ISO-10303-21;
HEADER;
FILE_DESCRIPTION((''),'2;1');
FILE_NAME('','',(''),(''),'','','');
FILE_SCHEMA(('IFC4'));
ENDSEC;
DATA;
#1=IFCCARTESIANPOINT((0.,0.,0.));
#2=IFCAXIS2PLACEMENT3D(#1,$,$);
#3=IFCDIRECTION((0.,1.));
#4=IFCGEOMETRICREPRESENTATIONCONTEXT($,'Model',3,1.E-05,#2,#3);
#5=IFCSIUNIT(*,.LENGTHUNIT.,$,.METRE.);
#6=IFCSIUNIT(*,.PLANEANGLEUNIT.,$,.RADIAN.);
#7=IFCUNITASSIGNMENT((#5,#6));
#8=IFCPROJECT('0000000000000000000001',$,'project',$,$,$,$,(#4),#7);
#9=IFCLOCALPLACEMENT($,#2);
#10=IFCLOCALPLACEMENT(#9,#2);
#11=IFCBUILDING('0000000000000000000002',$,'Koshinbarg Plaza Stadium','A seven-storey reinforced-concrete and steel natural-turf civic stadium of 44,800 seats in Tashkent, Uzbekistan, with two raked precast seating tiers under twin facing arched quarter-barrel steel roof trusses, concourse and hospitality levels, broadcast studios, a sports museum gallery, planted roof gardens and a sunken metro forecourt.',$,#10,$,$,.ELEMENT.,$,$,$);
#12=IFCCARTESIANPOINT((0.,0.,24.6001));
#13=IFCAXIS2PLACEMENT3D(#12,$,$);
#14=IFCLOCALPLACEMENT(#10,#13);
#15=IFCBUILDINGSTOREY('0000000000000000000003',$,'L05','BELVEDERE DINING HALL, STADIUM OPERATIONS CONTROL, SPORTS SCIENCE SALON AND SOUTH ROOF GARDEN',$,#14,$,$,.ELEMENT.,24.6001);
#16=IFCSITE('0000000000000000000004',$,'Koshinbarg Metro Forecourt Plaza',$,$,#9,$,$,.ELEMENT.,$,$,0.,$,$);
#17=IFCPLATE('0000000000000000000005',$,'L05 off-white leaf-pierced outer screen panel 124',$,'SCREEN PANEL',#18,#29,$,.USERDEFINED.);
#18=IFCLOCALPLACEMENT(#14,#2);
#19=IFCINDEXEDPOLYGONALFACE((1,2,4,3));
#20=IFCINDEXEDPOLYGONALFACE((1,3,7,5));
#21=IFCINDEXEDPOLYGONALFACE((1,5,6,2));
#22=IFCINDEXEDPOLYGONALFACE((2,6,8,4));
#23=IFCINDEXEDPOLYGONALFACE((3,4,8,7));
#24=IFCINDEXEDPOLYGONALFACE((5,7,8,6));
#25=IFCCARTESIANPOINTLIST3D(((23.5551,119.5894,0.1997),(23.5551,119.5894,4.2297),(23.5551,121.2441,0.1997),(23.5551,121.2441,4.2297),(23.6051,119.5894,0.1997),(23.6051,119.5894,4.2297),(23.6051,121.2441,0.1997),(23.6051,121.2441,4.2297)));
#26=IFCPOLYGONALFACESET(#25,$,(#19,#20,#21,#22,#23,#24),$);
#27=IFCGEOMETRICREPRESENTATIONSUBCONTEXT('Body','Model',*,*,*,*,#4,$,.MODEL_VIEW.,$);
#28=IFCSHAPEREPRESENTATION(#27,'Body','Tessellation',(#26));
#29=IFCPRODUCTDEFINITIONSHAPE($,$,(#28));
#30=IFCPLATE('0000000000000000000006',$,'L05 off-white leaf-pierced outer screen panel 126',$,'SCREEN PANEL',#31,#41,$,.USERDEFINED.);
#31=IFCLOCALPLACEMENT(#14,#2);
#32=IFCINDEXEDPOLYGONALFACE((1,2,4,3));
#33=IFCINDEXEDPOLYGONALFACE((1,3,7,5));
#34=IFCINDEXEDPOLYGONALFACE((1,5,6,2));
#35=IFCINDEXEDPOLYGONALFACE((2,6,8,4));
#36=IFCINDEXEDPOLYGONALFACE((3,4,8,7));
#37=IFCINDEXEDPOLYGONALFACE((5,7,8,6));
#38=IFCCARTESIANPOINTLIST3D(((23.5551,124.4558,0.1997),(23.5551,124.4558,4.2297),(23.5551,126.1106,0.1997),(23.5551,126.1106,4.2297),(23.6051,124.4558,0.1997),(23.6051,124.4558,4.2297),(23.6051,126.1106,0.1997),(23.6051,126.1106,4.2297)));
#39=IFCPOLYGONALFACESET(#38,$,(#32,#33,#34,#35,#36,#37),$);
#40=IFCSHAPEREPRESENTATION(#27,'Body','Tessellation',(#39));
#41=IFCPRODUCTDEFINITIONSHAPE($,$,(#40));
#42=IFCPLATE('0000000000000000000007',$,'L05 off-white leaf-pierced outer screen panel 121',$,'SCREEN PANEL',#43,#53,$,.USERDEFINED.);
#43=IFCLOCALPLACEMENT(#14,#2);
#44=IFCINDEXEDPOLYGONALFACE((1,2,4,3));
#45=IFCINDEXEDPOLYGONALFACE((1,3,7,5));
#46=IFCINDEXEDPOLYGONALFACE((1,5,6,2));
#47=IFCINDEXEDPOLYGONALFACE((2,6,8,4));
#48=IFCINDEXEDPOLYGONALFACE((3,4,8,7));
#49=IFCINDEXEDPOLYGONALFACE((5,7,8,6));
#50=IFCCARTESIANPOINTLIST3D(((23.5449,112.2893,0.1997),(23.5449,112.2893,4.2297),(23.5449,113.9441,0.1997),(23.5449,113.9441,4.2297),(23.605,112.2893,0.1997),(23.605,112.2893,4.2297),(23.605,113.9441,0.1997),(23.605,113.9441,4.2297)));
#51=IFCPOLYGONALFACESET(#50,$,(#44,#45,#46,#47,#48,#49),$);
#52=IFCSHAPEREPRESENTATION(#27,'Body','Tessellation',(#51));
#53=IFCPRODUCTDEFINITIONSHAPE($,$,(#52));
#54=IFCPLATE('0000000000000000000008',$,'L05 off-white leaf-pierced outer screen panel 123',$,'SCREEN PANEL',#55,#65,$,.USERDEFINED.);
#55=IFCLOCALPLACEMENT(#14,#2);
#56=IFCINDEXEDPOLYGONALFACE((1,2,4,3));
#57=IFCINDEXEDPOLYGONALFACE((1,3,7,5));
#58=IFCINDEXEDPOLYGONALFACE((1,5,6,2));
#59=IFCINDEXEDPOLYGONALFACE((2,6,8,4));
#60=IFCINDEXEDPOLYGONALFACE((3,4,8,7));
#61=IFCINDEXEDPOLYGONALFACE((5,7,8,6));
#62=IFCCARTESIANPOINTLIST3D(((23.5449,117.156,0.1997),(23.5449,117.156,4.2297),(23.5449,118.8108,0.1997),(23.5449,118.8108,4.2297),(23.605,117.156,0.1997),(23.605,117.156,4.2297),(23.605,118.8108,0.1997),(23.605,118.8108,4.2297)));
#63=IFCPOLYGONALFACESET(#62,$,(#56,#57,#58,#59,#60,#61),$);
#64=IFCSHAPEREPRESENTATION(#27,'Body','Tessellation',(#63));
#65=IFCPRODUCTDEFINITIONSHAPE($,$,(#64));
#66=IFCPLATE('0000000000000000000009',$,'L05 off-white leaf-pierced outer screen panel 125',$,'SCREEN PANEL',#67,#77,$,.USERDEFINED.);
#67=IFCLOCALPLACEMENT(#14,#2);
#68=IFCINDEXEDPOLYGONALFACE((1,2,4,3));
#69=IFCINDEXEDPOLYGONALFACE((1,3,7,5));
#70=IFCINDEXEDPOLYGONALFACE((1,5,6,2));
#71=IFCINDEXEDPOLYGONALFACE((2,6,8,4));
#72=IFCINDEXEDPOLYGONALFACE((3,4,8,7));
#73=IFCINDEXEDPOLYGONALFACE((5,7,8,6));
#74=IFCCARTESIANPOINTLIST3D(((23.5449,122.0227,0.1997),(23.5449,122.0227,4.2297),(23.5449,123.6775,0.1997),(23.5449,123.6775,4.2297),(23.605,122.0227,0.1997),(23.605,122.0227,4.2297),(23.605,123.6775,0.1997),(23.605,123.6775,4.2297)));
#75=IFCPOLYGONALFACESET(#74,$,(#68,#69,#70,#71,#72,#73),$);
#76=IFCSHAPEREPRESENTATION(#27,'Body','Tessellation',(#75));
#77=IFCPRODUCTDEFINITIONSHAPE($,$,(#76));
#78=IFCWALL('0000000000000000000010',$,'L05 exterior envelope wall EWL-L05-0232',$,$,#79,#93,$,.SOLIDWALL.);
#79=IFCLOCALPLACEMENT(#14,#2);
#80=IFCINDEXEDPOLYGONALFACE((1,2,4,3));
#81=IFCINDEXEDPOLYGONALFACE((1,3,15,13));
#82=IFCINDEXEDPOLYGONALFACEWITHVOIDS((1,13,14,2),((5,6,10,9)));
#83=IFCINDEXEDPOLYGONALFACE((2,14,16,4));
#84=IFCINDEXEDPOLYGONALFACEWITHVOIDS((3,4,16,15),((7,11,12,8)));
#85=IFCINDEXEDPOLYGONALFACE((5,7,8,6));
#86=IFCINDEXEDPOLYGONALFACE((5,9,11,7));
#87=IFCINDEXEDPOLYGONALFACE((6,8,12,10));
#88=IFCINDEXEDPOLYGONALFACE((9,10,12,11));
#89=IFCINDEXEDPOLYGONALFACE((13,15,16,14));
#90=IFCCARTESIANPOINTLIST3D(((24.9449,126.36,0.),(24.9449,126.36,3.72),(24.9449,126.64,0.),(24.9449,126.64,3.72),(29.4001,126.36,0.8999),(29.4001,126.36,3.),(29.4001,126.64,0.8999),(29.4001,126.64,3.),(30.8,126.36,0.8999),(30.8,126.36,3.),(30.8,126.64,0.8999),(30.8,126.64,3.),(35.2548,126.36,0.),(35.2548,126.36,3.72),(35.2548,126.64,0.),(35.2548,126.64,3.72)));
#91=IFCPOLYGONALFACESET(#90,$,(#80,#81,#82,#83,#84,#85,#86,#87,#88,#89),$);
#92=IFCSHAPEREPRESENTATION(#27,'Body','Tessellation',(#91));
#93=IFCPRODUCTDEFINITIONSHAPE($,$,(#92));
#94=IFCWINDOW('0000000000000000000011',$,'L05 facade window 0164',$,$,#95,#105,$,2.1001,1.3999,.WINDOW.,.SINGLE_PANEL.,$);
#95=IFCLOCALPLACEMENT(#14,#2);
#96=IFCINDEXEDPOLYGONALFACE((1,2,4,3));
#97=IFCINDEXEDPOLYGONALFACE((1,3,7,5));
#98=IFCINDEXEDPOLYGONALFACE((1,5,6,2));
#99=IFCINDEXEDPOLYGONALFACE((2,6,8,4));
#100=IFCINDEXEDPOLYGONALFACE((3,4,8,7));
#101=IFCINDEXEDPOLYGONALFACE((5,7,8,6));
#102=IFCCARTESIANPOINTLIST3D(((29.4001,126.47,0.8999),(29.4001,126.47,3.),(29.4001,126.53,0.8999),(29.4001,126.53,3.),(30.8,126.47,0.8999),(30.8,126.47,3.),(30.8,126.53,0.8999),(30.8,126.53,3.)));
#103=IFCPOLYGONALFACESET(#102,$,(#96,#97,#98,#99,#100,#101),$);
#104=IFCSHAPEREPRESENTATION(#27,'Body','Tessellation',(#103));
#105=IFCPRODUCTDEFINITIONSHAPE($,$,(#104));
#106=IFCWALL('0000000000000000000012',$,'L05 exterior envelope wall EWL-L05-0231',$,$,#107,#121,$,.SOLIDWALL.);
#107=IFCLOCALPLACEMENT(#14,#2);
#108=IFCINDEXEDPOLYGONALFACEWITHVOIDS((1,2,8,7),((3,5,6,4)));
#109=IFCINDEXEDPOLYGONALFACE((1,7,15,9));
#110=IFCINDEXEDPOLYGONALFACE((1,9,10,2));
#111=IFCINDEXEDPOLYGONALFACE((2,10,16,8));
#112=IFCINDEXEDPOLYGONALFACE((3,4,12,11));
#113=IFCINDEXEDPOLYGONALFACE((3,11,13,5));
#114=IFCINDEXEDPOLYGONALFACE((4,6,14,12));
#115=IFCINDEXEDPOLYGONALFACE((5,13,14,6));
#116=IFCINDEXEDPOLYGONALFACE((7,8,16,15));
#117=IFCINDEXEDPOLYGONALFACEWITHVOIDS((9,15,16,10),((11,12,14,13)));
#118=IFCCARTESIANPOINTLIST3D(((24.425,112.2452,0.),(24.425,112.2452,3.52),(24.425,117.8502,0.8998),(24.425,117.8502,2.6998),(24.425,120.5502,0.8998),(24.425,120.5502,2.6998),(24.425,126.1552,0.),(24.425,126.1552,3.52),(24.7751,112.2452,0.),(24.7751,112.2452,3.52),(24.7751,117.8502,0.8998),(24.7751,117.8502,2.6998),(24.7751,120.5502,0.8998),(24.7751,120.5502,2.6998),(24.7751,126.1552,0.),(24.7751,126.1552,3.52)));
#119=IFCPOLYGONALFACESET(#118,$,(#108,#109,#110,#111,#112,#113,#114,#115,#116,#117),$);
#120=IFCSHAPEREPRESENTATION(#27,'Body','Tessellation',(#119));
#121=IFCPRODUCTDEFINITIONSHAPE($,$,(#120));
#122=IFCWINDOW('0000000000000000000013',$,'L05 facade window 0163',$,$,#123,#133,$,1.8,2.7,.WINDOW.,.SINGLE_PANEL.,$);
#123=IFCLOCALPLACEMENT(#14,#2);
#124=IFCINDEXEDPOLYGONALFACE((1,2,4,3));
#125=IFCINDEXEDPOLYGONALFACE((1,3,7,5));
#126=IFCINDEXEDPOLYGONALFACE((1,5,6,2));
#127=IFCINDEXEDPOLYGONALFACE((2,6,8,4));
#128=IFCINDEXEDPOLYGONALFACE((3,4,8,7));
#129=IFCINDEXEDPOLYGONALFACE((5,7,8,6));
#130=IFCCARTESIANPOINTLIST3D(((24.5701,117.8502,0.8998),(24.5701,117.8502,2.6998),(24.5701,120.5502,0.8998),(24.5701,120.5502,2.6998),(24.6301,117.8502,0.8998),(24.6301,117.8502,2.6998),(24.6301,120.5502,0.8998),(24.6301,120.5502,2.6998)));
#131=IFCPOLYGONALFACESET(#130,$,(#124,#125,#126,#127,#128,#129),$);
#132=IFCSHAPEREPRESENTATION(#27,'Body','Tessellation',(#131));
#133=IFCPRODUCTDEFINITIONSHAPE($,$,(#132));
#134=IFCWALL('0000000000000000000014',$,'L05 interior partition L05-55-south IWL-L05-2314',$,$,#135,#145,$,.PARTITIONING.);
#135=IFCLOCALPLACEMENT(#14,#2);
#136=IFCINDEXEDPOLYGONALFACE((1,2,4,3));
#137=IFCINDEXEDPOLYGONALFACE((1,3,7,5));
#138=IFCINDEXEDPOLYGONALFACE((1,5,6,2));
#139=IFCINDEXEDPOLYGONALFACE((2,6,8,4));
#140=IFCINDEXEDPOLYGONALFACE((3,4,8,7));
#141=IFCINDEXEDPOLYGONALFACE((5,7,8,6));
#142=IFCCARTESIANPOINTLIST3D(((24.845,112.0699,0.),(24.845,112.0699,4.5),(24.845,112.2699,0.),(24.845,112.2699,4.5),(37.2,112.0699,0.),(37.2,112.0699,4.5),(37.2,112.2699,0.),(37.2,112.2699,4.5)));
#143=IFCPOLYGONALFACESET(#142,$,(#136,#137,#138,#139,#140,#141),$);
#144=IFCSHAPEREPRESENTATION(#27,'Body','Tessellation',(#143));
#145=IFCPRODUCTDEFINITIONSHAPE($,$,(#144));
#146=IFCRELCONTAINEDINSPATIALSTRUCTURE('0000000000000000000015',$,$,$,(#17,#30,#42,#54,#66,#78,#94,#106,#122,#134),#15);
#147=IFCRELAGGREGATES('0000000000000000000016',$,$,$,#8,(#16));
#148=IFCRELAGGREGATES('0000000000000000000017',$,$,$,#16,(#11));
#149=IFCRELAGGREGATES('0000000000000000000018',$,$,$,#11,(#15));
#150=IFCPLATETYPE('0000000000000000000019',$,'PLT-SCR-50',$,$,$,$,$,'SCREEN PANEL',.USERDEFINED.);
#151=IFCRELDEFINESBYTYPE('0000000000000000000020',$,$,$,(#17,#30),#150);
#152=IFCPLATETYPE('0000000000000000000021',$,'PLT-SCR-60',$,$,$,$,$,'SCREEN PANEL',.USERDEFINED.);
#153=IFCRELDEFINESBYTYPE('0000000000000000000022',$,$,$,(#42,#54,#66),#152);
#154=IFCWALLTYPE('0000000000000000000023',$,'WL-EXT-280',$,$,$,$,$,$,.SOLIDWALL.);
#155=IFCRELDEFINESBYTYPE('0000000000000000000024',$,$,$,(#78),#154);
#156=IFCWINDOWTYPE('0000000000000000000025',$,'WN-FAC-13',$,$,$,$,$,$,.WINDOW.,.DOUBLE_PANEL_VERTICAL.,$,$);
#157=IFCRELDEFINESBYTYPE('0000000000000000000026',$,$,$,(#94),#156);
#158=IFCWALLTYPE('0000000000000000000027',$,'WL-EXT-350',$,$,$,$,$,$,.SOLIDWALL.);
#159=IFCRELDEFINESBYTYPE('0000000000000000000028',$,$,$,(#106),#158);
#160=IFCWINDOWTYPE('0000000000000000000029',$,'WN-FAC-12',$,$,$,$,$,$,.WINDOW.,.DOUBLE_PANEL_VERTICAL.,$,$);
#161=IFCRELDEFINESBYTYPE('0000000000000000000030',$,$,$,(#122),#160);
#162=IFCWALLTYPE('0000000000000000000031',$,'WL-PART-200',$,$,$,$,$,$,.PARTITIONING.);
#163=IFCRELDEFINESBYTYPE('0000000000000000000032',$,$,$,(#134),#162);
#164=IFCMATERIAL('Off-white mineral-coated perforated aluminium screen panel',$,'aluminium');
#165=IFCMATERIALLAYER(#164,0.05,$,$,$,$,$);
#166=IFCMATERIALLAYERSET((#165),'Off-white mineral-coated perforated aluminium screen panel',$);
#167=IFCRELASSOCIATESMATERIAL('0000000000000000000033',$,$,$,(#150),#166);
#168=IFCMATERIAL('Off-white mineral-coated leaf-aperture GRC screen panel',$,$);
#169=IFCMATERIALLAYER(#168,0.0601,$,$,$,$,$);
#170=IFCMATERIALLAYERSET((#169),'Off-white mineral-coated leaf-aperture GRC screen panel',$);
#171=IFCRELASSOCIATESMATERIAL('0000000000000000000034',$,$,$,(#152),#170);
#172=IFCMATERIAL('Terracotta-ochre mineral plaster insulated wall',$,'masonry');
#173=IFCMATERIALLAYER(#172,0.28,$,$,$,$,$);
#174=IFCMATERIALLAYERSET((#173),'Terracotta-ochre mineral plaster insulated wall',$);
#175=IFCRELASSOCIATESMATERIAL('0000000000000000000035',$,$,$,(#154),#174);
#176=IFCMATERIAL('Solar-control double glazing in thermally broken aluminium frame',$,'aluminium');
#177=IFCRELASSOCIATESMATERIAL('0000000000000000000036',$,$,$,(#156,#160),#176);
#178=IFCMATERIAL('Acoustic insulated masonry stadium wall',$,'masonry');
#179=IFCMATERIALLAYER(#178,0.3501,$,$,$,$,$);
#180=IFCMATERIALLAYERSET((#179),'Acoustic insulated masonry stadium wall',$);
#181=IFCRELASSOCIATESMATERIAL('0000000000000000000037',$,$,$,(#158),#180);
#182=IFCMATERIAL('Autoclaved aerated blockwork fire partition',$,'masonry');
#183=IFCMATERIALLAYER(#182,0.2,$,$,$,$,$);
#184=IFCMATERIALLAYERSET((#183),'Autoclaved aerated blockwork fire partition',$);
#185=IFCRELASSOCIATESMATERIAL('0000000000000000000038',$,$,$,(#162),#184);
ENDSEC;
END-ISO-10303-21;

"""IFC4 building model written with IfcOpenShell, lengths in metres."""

from ifc_helpers import new_model, si_unit, direction, frame, frame_2d, origin, origin_2d, place, context, subcontext, project, spatial, rectangle, extrude, material, layer, layer_set, type_object, element, fill, save


model = new_model("IFC4")

# Units and contexts
model_context = context("Model", 3, precision=1e-05, world=origin(), true_north=direction((0.0, 1.0)))
body_context = subcontext(model_context, "Body", "Model", "MODEL_VIEW")
ifc_project = project(units=[si_unit("LENGTHUNIT", "METRE"), si_unit("PLANEANGLEUNIT", "RADIAN")], contexts=[model_context])

# Site, building, storey
site_placement = place(None, origin())
site = spatial("IfcSite", under=ifc_project, at=site_placement, Name="Koshinbarg Metro Forecourt Plaza", CompositionType="ELEMENT", RefElevation=0.0)
building_placement = place(site_placement, origin())
building = spatial("IfcBuilding", under=site, at=building_placement, Name="Koshinbarg Plaza Stadium", Description="A seven-storey reinforced-concrete and steel natural-turf civic stadium of 44,800 seats in Tashkent, Uzbekistan, with two raked precast seating tiers under twin facing arched quarter-barrel steel roof trusses, concourse and hospitality levels, broadcast studios, a sports museum gallery, planted roof gardens and a sunken metro forecourt.", CompositionType="ELEMENT")
storey_placement = place(building_placement, frame((0.0, 0.0, 24.6001)))
storey = spatial("IfcBuildingStorey", under=building, at=storey_placement, Name="L05", Description="BELVEDERE DINING HALL, STADIUM OPERATIONS CONTROL, SPORTS SCIENCE SALON AND SOUTH ROOF GARDEN", CompositionType="ELEMENT", Elevation=24.6001)

# Plates
ifc_material_1 = material(Name="Off-white mineral-coated perforated aluminium screen panel", Category="aluminium")
ifc_layer_1 = layer(ifc_material_1, 0.05)
ifc_layer_set_1 = layer_set([ifc_layer_1], Name="Off-white mineral-coated perforated aluminium screen panel")
plate_type_1 = type_object("IfcPlateType", Name="PLT-SCR-50", ElementType="SCREEN PANEL", PredefinedType="USERDEFINED", material=ifc_layer_set_1)
for number, where, z_axis, x_axis, name in (
    (1, (23.5801, 120.4167, 0.1997), (0.0, 0.0, 1.0), (1.0, 0.0, 0.0), "L05 off-white leaf-pierced outer screen panel 124"),
    (2, (23.5801, 125.2832, 0.1997), (0.0, 0.0, 1.0), (1.0, 0.0, 0.0), "L05 off-white leaf-pierced outer screen panel 126"),
):
    element("IfcPlate", number, at=place(storey_placement, frame(where, z_axis=z_axis, x_axis=x_axis)), inside=storey, type_object=plate_type_1, Name=name, ObjectType="SCREEN PANEL", PredefinedType="USERDEFINED", context=body_context, shape_type="SweptSolid", body=[
        extrude(rectangle(XDim=0.05, YDim=1.6548, at=origin_2d()), origin(), (0.0, 0.0, 1.0), 4.03),
    ])
ifc_material_2 = material(Name="Off-white mineral-coated leaf-aperture GRC screen panel")
ifc_layer_2 = layer(ifc_material_2, 0.0601)
ifc_layer_set_2 = layer_set([ifc_layer_2], Name="Off-white mineral-coated leaf-aperture GRC screen panel")
plate_type_2 = type_object("IfcPlateType", Name="PLT-SCR-60", ElementType="SCREEN PANEL", PredefinedType="USERDEFINED", material=ifc_layer_set_2)
for number, where, z_axis, x_axis, name in (
    (3, (23.575, 113.1167, 0.1997), (0.0, 0.0, 1.0), (1.0, 0.0, 0.0), "L05 off-white leaf-pierced outer screen panel 121"),
    (4, (23.575, 117.9834, 0.1997), (0.0, 0.0, 1.0), (1.0, 0.0, 0.0), "L05 off-white leaf-pierced outer screen panel 123"),
    (5, (23.575, 122.8501, 0.1997), (0.0, 0.0, 1.0), (1.0, 0.0, 0.0), "L05 off-white leaf-pierced outer screen panel 125"),
):
    element("IfcPlate", number, at=place(storey_placement, frame(where, z_axis=z_axis, x_axis=x_axis)), inside=storey, type_object=plate_type_2, Name=name, ObjectType="SCREEN PANEL", PredefinedType="USERDEFINED", context=body_context, shape_type="SweptSolid", body=[
        extrude(rectangle(XDim=0.0601, YDim=1.6548, at=origin_2d()), origin(), (0.0, 0.0, 1.0), 4.03),
    ])

# Walls, openings, windows
ifc_material_3 = material(Name="Terracotta-ochre mineral plaster insulated wall", Category="masonry")
ifc_layer_3 = layer(ifc_material_3, 0.28)
ifc_layer_set_3 = layer_set([ifc_layer_3], Name="Terracotta-ochre mineral plaster insulated wall")
wall_type_1 = type_object("IfcWallType", Name="WL-EXT-280", PredefinedType="SOLIDWALL", material=ifc_layer_set_3)
wall_1_placement = place(storey_placement, frame((24.9451, 126.5, 0.0), z_axis=(0.0, 0.0, 1.0), x_axis=(1.0, 0.0, 0.0)))
wall_1 = element("IfcWall", 6, at=wall_1_placement, inside=storey, type_object=wall_type_1, Name="L05 exterior envelope wall EWL-L05-0232", PredefinedType="SOLIDWALL", context=body_context, shape_type="SweptSolid", body=[
    extrude(rectangle(XDim=10.3098, YDim=0.28, at=frame_2d((5.1548, 0.0))), origin(), (0.0, 0.0, 1.0), 3.72),
])
opening_1_placement = place(wall_1_placement, frame((4.4551, 0.0, 0.8999)))
opening_1 = element("IfcOpeningElement", 7, at=opening_1_placement, cuts=wall_1, PredefinedType="OPENING", context=body_context, shape_type="SweptSolid", body=[
    extrude(rectangle(XDim=1.3999, YDim=2.1001, at=frame_2d((0.7, 1.05))), frame((0.0, 0.1499, 0.0), z_axis=(0.0, -1.0, 0.0), x_axis=(1.0, 0.0, 0.0)), (0.0, 0.0, 1.0), 0.3),
])
ifc_material_4 = material(Name="Solar-control double glazing in thermally broken aluminium frame", Category="aluminium")
window_type_1 = type_object("IfcWindowType", Name="WN-FAC-13", PartitioningType="DOUBLE_PANEL_VERTICAL", PredefinedType="WINDOW", material=ifc_material_4)
window_1_placement = place(opening_1_placement, origin())
window_1 = element("IfcWindow", 8, at=window_1_placement, inside=storey, type_object=window_type_1, Name="L05 facade window 0164", OverallHeight=2.1001, OverallWidth=1.3999, PartitioningType="SINGLE_PANEL", PredefinedType="WINDOW", context=body_context, shape_type="SweptSolid", body=[
    extrude(rectangle(XDim=1.3999, YDim=2.1001, at=frame_2d((0.7, 1.05))), frame((0.0, 0.03, 0.0), z_axis=(0.0, -1.0, 0.0), x_axis=(1.0, 0.0, 0.0)), (0.0, 0.0, 1.0), 0.0601),
])
fill(opening_1, window_1)
ifc_material_5 = material(Name="Acoustic insulated masonry stadium wall", Category="masonry")
ifc_layer_4 = layer(ifc_material_5, 0.3501)
ifc_layer_set_4 = layer_set([ifc_layer_4], Name="Acoustic insulated masonry stadium wall")
wall_type_2 = type_object("IfcWallType", Name="WL-EXT-350", PredefinedType="SOLIDWALL", material=ifc_layer_set_4)
wall_2_placement = place(storey_placement, frame((24.6001, 112.2451, 0.0), z_axis=(0.0, 0.0, 1.0), x_axis=(0.0, 1.0, 0.0)))
wall_2 = element("IfcWall", 9, at=wall_2_placement, inside=storey, type_object=wall_type_2, Name="L05 exterior envelope wall EWL-L05-0231", PredefinedType="SOLIDWALL", context=body_context, shape_type="SweptSolid", body=[
    extrude(rectangle(XDim=13.9099, YDim=0.3501, at=frame_2d((6.9551, 0.0))), origin(), (0.0, 0.0, 1.0), 3.52),
])
opening_2_placement = place(wall_2_placement, frame((5.605, 0.0, 0.8999)))
opening_2 = element("IfcOpeningElement", 10, at=opening_2_placement, cuts=wall_2, PredefinedType="OPENING", context=body_context, shape_type="SweptSolid", body=[
    extrude(rectangle(XDim=2.7, YDim=1.8, at=frame_2d((1.3501, 0.8999))), frame((0.0, 0.1851, 0.0), z_axis=(0.0, -1.0, 0.0), x_axis=(1.0, 0.0, 0.0)), (0.0, 0.0, 1.0), 0.3701),
])
window_type_2 = type_object("IfcWindowType", Name="WN-FAC-12", PartitioningType="DOUBLE_PANEL_VERTICAL", PredefinedType="WINDOW", material=ifc_material_4)
window_2_placement = place(opening_2_placement, origin())
window_2 = element("IfcWindow", 11, at=window_2_placement, inside=storey, type_object=window_type_2, Name="L05 facade window 0163", OverallHeight=1.8, OverallWidth=2.7, PartitioningType="SINGLE_PANEL", PredefinedType="WINDOW", context=body_context, shape_type="SweptSolid", body=[
    extrude(rectangle(XDim=2.7, YDim=1.8, at=frame_2d((1.3501, 0.8999))), frame((0.0, 0.03, 0.0), z_axis=(0.0, -1.0, 0.0), x_axis=(1.0, 0.0, 0.0)), (0.0, 0.0, 1.0), 0.0601),
])
fill(opening_2, window_2)

# Wall
ifc_material_6 = material(Name="Autoclaved aerated blockwork fire partition", Category="masonry")
ifc_layer_5 = layer(ifc_material_6, 0.2)
ifc_layer_set_5 = layer_set([ifc_layer_5], Name="Autoclaved aerated blockwork fire partition")
wall_type_3 = type_object("IfcWallType", Name="WL-PART-200", PredefinedType="PARTITIONING", material=ifc_layer_set_5)
wall_3_placement = place(storey_placement, frame((24.845, 112.1699, 0.0), z_axis=(0.0, 0.0, 1.0), x_axis=(1.0, 0.0, 0.0)))
element("IfcWall", 12, at=wall_3_placement, inside=storey, type_object=wall_type_3, Name="L05 interior partition L05-55-south IWL-L05-2314", PredefinedType="PARTITIONING", context=body_context, shape_type="SweptSolid", body=[
    extrude(rectangle(XDim=12.355, YDim=0.2, at=frame_2d((6.1775, 0.0))), origin(), (0.0, 0.0, 1.0), 4.5),
])

save(model, "model.ifc")
